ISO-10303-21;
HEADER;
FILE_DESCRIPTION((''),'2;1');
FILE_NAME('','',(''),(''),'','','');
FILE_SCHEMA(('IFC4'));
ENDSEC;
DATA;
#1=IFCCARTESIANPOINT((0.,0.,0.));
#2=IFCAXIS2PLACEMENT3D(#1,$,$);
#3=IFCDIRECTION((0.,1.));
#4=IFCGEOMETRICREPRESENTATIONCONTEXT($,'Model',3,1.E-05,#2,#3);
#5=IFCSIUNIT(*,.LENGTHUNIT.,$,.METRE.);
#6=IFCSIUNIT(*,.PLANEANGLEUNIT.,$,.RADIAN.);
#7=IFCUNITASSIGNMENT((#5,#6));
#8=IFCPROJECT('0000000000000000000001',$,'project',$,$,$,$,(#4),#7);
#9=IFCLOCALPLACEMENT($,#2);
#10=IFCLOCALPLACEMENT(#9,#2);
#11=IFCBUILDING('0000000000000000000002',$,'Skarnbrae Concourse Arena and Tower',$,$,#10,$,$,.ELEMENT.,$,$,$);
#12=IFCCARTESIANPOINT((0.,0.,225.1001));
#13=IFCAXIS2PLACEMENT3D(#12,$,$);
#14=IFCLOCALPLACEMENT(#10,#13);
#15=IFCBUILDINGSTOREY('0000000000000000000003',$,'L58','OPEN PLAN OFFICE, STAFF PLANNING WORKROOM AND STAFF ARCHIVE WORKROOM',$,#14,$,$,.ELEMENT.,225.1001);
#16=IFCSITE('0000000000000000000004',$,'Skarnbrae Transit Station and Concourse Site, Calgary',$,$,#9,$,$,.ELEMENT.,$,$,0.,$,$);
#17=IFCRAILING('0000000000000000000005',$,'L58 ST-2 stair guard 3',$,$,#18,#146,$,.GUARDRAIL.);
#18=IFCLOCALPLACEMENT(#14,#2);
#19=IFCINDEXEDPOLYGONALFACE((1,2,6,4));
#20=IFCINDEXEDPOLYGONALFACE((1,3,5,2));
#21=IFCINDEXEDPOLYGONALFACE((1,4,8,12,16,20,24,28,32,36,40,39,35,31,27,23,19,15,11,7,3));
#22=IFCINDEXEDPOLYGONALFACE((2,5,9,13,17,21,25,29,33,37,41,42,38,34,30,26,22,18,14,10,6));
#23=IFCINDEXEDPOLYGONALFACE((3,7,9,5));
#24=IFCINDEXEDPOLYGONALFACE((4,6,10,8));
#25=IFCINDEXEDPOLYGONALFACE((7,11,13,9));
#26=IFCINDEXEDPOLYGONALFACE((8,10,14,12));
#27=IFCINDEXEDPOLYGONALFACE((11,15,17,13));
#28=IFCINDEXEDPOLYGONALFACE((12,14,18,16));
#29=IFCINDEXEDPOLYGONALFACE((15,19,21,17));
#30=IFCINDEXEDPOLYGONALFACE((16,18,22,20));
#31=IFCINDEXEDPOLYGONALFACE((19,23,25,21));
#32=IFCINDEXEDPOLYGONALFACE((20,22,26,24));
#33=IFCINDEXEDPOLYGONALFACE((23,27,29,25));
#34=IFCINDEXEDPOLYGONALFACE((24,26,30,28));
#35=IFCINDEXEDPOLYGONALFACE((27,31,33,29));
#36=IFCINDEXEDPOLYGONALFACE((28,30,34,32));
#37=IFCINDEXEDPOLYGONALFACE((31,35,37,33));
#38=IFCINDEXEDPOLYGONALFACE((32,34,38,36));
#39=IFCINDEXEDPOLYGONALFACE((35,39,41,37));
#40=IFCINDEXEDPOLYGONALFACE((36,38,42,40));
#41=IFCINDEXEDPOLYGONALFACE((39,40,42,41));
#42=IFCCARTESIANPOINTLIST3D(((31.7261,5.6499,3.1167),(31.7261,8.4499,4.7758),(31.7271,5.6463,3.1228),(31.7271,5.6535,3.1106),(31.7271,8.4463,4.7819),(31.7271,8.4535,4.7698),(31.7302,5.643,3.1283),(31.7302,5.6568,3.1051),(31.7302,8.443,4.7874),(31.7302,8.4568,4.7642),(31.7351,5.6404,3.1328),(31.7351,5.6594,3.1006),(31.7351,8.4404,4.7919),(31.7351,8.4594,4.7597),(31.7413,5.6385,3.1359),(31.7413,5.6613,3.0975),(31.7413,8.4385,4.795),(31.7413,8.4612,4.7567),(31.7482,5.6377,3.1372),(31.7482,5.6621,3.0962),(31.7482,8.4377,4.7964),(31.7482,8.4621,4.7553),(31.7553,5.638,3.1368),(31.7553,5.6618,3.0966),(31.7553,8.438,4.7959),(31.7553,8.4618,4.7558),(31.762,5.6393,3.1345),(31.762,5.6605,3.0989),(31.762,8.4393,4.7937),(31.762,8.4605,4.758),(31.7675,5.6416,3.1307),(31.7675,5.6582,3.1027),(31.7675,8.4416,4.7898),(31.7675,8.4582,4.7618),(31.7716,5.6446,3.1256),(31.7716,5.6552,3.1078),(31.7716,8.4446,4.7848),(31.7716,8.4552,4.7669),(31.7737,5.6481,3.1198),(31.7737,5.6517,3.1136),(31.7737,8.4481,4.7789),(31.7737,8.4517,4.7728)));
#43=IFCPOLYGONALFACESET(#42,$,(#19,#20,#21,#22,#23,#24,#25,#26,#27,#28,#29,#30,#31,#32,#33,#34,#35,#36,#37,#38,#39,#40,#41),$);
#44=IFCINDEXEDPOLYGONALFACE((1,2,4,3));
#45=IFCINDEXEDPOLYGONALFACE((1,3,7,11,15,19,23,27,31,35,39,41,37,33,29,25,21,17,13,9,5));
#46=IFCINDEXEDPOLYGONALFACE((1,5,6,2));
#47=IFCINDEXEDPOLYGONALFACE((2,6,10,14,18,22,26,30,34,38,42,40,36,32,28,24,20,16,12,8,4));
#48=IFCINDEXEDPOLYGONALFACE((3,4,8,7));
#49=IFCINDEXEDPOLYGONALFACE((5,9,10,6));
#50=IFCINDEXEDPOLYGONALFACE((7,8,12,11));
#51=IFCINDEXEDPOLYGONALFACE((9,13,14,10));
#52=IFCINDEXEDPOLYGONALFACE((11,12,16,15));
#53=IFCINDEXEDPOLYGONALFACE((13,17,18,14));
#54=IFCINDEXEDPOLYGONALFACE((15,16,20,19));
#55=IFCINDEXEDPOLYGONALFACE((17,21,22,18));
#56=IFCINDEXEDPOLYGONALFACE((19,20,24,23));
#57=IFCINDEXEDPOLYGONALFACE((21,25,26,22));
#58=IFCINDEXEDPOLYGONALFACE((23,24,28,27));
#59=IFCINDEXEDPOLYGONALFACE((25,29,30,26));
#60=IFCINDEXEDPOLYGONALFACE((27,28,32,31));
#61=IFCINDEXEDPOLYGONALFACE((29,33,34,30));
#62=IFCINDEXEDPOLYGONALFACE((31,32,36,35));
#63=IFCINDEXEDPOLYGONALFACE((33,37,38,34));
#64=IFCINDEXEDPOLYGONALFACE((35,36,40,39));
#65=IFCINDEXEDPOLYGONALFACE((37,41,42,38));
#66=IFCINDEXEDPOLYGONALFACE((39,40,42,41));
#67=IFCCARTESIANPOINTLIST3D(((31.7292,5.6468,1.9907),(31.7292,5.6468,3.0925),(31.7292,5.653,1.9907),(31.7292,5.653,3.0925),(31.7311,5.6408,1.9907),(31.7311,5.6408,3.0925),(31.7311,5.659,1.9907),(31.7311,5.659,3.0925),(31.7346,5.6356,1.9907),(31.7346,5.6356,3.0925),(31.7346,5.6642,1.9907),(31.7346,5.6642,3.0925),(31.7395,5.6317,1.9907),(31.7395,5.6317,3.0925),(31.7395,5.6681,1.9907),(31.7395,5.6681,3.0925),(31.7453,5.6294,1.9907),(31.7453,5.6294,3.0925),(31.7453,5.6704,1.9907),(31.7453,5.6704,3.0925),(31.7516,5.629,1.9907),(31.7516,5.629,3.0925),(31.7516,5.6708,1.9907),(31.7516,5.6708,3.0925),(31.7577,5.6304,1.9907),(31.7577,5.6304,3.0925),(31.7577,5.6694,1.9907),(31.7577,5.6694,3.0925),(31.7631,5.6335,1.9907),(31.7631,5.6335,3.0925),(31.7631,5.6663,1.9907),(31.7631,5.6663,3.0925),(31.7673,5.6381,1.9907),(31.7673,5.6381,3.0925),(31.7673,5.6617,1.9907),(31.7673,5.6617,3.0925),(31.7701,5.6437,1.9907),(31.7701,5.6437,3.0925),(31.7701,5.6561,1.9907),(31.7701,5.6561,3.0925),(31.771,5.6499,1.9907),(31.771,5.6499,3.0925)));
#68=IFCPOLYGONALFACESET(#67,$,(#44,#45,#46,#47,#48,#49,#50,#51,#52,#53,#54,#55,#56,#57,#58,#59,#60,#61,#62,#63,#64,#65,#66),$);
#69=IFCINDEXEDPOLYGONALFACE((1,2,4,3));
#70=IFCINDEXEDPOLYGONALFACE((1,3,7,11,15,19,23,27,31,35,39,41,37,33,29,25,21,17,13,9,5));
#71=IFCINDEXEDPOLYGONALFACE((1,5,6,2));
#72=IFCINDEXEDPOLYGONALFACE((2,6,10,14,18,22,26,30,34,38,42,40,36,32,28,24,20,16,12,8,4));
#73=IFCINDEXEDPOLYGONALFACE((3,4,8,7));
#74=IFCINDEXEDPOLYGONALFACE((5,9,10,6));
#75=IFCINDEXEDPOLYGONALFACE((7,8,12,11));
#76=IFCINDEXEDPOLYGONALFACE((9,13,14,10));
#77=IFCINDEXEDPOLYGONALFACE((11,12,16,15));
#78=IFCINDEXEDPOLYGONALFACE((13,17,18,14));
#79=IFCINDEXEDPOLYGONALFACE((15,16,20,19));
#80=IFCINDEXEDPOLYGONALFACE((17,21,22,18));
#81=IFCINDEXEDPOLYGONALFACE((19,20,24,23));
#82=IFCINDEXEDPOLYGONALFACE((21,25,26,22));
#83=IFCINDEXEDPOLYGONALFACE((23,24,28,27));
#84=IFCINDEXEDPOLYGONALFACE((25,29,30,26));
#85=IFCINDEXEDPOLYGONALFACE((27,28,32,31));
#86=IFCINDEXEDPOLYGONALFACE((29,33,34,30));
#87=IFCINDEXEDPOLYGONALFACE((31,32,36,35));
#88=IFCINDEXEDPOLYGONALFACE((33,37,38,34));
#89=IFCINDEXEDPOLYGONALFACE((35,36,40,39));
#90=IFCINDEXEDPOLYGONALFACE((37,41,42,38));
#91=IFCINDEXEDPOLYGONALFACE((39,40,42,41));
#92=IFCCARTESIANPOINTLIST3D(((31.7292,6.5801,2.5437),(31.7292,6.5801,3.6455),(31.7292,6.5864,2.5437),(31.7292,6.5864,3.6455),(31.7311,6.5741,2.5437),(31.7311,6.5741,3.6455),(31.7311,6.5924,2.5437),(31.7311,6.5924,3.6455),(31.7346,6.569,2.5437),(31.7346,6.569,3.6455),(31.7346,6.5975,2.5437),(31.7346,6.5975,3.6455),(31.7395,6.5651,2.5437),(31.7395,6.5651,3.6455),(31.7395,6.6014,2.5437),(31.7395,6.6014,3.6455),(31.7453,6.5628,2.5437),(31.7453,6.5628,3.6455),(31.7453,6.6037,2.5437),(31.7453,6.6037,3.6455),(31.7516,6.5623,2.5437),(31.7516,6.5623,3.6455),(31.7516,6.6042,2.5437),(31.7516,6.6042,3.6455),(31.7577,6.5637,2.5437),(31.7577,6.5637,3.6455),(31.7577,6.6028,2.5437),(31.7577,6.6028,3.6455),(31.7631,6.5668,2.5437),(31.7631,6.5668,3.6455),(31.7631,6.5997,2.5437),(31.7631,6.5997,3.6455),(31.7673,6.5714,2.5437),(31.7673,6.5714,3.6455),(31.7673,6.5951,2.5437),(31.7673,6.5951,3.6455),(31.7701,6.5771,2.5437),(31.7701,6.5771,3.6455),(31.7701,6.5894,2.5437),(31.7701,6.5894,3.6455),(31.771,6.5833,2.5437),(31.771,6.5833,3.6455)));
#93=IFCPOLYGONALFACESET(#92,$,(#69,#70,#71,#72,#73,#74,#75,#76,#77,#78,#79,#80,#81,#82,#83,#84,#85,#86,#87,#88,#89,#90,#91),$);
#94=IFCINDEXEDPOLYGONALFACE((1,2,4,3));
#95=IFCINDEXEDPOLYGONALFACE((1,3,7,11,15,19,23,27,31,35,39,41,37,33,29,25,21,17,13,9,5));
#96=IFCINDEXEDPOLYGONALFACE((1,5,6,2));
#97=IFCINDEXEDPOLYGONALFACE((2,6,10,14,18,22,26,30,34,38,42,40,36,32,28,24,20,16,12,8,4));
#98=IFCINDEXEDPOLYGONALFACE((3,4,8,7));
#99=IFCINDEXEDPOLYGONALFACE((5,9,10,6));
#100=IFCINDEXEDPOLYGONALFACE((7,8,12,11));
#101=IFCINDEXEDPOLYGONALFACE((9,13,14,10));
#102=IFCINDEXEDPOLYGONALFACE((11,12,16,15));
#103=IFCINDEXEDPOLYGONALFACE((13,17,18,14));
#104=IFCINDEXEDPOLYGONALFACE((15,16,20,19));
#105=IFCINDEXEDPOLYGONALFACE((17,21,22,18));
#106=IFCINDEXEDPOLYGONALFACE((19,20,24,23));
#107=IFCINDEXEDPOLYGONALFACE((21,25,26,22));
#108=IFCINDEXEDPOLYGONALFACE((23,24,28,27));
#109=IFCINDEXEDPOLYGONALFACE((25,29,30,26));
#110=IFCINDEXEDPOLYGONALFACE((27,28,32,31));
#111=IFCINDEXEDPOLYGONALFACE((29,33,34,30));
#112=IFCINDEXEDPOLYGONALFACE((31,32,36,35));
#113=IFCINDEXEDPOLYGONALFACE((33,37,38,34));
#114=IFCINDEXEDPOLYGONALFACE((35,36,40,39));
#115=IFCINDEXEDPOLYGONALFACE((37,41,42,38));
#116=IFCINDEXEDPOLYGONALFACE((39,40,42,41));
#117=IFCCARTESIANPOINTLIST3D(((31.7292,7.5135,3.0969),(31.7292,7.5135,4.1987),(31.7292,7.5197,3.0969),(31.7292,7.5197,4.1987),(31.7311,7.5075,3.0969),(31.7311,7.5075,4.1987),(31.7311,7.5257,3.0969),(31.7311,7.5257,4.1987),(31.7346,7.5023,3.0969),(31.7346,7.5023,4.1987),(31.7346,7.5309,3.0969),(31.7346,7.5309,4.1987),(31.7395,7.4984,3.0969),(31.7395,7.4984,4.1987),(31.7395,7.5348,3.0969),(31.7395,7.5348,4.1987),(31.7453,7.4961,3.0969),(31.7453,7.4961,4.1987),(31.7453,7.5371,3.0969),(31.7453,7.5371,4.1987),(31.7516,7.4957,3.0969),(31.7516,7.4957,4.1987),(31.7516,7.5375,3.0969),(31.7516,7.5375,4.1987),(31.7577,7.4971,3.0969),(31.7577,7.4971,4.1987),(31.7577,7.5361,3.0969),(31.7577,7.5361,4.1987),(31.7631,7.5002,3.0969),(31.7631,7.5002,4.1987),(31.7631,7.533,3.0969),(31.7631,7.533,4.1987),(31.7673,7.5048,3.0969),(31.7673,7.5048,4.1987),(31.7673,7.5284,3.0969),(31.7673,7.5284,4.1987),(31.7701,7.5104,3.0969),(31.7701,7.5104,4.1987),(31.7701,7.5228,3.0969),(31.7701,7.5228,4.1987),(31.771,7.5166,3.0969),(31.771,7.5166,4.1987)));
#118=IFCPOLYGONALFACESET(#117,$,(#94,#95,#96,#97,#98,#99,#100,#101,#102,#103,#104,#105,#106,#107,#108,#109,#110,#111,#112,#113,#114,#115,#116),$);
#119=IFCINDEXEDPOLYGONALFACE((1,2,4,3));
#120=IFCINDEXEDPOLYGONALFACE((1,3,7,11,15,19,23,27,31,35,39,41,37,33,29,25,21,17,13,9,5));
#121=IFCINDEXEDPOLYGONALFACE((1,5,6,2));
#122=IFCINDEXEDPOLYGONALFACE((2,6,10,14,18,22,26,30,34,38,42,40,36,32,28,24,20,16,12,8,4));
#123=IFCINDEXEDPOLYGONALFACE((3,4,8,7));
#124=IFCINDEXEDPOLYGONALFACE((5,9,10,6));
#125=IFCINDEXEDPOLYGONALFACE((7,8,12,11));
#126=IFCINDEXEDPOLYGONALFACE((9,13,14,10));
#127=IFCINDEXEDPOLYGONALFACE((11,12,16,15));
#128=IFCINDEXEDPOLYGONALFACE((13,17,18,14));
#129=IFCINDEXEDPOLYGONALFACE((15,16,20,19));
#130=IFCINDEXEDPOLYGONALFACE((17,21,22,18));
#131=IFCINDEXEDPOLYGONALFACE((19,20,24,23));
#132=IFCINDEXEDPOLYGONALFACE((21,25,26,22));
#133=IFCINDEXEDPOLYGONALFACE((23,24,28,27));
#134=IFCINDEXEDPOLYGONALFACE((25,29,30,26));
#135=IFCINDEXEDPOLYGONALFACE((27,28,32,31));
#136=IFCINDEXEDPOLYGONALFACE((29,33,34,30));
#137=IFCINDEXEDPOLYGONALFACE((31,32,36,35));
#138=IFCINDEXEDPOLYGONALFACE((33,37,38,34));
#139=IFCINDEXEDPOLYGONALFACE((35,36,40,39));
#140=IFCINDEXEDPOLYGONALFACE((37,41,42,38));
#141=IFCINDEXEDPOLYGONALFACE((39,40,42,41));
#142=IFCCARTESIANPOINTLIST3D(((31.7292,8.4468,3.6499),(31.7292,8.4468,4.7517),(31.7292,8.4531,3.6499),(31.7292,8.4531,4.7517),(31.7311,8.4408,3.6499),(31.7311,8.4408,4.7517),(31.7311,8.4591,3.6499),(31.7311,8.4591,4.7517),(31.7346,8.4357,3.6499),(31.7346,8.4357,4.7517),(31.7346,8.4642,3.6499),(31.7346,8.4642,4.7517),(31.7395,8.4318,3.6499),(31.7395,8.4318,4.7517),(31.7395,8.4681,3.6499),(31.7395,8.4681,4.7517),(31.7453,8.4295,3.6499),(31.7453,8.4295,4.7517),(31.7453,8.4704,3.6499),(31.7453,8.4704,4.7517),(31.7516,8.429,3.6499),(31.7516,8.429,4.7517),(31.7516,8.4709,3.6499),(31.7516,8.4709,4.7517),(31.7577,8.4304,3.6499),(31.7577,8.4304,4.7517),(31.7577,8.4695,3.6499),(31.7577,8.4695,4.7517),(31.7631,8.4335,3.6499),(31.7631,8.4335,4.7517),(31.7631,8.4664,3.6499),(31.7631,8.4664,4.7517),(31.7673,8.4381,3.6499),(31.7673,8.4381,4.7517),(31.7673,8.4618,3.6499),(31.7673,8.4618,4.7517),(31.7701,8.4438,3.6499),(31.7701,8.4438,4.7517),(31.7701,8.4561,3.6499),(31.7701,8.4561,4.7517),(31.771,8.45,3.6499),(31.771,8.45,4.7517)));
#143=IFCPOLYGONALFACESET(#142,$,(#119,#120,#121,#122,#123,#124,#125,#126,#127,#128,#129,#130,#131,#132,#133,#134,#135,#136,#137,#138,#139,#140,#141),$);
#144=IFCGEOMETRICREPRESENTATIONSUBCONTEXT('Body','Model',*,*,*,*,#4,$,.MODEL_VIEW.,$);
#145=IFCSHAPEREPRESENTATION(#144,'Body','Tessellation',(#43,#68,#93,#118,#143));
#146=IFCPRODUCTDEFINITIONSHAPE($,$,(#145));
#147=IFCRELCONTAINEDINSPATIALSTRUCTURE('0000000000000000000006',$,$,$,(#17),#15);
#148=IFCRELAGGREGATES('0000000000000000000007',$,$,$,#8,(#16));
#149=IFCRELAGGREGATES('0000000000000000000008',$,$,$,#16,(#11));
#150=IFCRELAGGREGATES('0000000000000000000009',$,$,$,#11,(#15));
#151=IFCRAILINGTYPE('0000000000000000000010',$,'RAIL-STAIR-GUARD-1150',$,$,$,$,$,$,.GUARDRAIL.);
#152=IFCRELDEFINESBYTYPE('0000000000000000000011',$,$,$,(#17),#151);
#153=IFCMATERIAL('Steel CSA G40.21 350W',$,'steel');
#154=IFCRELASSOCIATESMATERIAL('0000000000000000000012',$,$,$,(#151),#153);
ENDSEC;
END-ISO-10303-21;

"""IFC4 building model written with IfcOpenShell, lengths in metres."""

from ifc_helpers import new_model, si_unit, direction, frame, origin, origin_2d, place, context, subcontext, project, spatial, circle, extrude, material, type_object, element, save


model = new_model("IFC4")

# Units and contexts
model_context = context("Model", 3, precision=1e-05, world=origin(), true_north=direction((0.0, 1.0)))
body_context = subcontext(model_context, "Body", "Model", "MODEL_VIEW")
ifc_project = project(units=[si_unit("LENGTHUNIT", "METRE"), si_unit("PLANEANGLEUNIT", "RADIAN")], contexts=[model_context])

# Site, building, storey
site_placement = place(None, origin())
site = spatial("IfcSite", under=ifc_project, at=site_placement, Name="Skarnbrae Transit Station and Concourse Site, Calgary", CompositionType="ELEMENT", RefElevation=0.0)
building_placement = place(site_placement, origin())
building = spatial("IfcBuilding", under=site, at=building_placement, Name="Skarnbrae Concourse Arena and Tower", CompositionType="ELEMENT")
storey_placement = place(building_placement, frame((0.0, 0.0, 225.1001)))
storey = spatial("IfcBuildingStorey", under=building, at=storey_placement, Name="L58", Description="OPEN PLAN OFFICE, STAFF PLANNING WORKROOM AND STAFF ARCHIVE WORKROOM", CompositionType="ELEMENT", Elevation=225.1001)

# Shared definitions
ifc_material_1 = material(Name="Steel CSA G40.21 350W", Category="steel")

# Railing
railing_type_1 = type_object("IfcRailingType", Name="RAIL-STAIR-GUARD-1150", PredefinedType="GUARDRAIL", material=ifc_material_1)
railing_1_placement = place(storey_placement, frame((31.75, 5.6499, 1.9907)))
element("IfcRailing", 1, at=railing_1_placement, inside=storey, type_object=railing_type_1, Name="L58 ST-2 stair guard 3", PredefinedType="GUARDRAIL", context=body_context, shape_type="SweptSolid", body=[
    extrude(circle(Radius=0.0239, at=origin_2d()), frame((0.0, 0.0, 1.126), z_axis=(0.0, 0.860306, 0.509778), x_axis=(-1.0, 0.0, 0.0)), (0.0, 0.0, 1.0), 3.2546),
    extrude(circle(Radius=0.021, at=origin_2d()), origin(), (0.0, 0.0, 1.0), 1.1018),
    extrude(circle(Radius=0.021, at=origin_2d()), frame((0.0, 0.9333, 0.553)), (0.0, 0.0, 1.0), 1.1018),
    extrude(circle(Radius=0.021, at=origin_2d()), frame((0.0, 1.8667, 1.1062)), (0.0, 0.0, 1.0), 1.1018),
    extrude(circle(Radius=0.021, at=origin_2d()), frame((0.0, 2.8, 1.6592)), (0.0, 0.0, 1.0), 1.1018),
])

save(model, "model.ifc")
